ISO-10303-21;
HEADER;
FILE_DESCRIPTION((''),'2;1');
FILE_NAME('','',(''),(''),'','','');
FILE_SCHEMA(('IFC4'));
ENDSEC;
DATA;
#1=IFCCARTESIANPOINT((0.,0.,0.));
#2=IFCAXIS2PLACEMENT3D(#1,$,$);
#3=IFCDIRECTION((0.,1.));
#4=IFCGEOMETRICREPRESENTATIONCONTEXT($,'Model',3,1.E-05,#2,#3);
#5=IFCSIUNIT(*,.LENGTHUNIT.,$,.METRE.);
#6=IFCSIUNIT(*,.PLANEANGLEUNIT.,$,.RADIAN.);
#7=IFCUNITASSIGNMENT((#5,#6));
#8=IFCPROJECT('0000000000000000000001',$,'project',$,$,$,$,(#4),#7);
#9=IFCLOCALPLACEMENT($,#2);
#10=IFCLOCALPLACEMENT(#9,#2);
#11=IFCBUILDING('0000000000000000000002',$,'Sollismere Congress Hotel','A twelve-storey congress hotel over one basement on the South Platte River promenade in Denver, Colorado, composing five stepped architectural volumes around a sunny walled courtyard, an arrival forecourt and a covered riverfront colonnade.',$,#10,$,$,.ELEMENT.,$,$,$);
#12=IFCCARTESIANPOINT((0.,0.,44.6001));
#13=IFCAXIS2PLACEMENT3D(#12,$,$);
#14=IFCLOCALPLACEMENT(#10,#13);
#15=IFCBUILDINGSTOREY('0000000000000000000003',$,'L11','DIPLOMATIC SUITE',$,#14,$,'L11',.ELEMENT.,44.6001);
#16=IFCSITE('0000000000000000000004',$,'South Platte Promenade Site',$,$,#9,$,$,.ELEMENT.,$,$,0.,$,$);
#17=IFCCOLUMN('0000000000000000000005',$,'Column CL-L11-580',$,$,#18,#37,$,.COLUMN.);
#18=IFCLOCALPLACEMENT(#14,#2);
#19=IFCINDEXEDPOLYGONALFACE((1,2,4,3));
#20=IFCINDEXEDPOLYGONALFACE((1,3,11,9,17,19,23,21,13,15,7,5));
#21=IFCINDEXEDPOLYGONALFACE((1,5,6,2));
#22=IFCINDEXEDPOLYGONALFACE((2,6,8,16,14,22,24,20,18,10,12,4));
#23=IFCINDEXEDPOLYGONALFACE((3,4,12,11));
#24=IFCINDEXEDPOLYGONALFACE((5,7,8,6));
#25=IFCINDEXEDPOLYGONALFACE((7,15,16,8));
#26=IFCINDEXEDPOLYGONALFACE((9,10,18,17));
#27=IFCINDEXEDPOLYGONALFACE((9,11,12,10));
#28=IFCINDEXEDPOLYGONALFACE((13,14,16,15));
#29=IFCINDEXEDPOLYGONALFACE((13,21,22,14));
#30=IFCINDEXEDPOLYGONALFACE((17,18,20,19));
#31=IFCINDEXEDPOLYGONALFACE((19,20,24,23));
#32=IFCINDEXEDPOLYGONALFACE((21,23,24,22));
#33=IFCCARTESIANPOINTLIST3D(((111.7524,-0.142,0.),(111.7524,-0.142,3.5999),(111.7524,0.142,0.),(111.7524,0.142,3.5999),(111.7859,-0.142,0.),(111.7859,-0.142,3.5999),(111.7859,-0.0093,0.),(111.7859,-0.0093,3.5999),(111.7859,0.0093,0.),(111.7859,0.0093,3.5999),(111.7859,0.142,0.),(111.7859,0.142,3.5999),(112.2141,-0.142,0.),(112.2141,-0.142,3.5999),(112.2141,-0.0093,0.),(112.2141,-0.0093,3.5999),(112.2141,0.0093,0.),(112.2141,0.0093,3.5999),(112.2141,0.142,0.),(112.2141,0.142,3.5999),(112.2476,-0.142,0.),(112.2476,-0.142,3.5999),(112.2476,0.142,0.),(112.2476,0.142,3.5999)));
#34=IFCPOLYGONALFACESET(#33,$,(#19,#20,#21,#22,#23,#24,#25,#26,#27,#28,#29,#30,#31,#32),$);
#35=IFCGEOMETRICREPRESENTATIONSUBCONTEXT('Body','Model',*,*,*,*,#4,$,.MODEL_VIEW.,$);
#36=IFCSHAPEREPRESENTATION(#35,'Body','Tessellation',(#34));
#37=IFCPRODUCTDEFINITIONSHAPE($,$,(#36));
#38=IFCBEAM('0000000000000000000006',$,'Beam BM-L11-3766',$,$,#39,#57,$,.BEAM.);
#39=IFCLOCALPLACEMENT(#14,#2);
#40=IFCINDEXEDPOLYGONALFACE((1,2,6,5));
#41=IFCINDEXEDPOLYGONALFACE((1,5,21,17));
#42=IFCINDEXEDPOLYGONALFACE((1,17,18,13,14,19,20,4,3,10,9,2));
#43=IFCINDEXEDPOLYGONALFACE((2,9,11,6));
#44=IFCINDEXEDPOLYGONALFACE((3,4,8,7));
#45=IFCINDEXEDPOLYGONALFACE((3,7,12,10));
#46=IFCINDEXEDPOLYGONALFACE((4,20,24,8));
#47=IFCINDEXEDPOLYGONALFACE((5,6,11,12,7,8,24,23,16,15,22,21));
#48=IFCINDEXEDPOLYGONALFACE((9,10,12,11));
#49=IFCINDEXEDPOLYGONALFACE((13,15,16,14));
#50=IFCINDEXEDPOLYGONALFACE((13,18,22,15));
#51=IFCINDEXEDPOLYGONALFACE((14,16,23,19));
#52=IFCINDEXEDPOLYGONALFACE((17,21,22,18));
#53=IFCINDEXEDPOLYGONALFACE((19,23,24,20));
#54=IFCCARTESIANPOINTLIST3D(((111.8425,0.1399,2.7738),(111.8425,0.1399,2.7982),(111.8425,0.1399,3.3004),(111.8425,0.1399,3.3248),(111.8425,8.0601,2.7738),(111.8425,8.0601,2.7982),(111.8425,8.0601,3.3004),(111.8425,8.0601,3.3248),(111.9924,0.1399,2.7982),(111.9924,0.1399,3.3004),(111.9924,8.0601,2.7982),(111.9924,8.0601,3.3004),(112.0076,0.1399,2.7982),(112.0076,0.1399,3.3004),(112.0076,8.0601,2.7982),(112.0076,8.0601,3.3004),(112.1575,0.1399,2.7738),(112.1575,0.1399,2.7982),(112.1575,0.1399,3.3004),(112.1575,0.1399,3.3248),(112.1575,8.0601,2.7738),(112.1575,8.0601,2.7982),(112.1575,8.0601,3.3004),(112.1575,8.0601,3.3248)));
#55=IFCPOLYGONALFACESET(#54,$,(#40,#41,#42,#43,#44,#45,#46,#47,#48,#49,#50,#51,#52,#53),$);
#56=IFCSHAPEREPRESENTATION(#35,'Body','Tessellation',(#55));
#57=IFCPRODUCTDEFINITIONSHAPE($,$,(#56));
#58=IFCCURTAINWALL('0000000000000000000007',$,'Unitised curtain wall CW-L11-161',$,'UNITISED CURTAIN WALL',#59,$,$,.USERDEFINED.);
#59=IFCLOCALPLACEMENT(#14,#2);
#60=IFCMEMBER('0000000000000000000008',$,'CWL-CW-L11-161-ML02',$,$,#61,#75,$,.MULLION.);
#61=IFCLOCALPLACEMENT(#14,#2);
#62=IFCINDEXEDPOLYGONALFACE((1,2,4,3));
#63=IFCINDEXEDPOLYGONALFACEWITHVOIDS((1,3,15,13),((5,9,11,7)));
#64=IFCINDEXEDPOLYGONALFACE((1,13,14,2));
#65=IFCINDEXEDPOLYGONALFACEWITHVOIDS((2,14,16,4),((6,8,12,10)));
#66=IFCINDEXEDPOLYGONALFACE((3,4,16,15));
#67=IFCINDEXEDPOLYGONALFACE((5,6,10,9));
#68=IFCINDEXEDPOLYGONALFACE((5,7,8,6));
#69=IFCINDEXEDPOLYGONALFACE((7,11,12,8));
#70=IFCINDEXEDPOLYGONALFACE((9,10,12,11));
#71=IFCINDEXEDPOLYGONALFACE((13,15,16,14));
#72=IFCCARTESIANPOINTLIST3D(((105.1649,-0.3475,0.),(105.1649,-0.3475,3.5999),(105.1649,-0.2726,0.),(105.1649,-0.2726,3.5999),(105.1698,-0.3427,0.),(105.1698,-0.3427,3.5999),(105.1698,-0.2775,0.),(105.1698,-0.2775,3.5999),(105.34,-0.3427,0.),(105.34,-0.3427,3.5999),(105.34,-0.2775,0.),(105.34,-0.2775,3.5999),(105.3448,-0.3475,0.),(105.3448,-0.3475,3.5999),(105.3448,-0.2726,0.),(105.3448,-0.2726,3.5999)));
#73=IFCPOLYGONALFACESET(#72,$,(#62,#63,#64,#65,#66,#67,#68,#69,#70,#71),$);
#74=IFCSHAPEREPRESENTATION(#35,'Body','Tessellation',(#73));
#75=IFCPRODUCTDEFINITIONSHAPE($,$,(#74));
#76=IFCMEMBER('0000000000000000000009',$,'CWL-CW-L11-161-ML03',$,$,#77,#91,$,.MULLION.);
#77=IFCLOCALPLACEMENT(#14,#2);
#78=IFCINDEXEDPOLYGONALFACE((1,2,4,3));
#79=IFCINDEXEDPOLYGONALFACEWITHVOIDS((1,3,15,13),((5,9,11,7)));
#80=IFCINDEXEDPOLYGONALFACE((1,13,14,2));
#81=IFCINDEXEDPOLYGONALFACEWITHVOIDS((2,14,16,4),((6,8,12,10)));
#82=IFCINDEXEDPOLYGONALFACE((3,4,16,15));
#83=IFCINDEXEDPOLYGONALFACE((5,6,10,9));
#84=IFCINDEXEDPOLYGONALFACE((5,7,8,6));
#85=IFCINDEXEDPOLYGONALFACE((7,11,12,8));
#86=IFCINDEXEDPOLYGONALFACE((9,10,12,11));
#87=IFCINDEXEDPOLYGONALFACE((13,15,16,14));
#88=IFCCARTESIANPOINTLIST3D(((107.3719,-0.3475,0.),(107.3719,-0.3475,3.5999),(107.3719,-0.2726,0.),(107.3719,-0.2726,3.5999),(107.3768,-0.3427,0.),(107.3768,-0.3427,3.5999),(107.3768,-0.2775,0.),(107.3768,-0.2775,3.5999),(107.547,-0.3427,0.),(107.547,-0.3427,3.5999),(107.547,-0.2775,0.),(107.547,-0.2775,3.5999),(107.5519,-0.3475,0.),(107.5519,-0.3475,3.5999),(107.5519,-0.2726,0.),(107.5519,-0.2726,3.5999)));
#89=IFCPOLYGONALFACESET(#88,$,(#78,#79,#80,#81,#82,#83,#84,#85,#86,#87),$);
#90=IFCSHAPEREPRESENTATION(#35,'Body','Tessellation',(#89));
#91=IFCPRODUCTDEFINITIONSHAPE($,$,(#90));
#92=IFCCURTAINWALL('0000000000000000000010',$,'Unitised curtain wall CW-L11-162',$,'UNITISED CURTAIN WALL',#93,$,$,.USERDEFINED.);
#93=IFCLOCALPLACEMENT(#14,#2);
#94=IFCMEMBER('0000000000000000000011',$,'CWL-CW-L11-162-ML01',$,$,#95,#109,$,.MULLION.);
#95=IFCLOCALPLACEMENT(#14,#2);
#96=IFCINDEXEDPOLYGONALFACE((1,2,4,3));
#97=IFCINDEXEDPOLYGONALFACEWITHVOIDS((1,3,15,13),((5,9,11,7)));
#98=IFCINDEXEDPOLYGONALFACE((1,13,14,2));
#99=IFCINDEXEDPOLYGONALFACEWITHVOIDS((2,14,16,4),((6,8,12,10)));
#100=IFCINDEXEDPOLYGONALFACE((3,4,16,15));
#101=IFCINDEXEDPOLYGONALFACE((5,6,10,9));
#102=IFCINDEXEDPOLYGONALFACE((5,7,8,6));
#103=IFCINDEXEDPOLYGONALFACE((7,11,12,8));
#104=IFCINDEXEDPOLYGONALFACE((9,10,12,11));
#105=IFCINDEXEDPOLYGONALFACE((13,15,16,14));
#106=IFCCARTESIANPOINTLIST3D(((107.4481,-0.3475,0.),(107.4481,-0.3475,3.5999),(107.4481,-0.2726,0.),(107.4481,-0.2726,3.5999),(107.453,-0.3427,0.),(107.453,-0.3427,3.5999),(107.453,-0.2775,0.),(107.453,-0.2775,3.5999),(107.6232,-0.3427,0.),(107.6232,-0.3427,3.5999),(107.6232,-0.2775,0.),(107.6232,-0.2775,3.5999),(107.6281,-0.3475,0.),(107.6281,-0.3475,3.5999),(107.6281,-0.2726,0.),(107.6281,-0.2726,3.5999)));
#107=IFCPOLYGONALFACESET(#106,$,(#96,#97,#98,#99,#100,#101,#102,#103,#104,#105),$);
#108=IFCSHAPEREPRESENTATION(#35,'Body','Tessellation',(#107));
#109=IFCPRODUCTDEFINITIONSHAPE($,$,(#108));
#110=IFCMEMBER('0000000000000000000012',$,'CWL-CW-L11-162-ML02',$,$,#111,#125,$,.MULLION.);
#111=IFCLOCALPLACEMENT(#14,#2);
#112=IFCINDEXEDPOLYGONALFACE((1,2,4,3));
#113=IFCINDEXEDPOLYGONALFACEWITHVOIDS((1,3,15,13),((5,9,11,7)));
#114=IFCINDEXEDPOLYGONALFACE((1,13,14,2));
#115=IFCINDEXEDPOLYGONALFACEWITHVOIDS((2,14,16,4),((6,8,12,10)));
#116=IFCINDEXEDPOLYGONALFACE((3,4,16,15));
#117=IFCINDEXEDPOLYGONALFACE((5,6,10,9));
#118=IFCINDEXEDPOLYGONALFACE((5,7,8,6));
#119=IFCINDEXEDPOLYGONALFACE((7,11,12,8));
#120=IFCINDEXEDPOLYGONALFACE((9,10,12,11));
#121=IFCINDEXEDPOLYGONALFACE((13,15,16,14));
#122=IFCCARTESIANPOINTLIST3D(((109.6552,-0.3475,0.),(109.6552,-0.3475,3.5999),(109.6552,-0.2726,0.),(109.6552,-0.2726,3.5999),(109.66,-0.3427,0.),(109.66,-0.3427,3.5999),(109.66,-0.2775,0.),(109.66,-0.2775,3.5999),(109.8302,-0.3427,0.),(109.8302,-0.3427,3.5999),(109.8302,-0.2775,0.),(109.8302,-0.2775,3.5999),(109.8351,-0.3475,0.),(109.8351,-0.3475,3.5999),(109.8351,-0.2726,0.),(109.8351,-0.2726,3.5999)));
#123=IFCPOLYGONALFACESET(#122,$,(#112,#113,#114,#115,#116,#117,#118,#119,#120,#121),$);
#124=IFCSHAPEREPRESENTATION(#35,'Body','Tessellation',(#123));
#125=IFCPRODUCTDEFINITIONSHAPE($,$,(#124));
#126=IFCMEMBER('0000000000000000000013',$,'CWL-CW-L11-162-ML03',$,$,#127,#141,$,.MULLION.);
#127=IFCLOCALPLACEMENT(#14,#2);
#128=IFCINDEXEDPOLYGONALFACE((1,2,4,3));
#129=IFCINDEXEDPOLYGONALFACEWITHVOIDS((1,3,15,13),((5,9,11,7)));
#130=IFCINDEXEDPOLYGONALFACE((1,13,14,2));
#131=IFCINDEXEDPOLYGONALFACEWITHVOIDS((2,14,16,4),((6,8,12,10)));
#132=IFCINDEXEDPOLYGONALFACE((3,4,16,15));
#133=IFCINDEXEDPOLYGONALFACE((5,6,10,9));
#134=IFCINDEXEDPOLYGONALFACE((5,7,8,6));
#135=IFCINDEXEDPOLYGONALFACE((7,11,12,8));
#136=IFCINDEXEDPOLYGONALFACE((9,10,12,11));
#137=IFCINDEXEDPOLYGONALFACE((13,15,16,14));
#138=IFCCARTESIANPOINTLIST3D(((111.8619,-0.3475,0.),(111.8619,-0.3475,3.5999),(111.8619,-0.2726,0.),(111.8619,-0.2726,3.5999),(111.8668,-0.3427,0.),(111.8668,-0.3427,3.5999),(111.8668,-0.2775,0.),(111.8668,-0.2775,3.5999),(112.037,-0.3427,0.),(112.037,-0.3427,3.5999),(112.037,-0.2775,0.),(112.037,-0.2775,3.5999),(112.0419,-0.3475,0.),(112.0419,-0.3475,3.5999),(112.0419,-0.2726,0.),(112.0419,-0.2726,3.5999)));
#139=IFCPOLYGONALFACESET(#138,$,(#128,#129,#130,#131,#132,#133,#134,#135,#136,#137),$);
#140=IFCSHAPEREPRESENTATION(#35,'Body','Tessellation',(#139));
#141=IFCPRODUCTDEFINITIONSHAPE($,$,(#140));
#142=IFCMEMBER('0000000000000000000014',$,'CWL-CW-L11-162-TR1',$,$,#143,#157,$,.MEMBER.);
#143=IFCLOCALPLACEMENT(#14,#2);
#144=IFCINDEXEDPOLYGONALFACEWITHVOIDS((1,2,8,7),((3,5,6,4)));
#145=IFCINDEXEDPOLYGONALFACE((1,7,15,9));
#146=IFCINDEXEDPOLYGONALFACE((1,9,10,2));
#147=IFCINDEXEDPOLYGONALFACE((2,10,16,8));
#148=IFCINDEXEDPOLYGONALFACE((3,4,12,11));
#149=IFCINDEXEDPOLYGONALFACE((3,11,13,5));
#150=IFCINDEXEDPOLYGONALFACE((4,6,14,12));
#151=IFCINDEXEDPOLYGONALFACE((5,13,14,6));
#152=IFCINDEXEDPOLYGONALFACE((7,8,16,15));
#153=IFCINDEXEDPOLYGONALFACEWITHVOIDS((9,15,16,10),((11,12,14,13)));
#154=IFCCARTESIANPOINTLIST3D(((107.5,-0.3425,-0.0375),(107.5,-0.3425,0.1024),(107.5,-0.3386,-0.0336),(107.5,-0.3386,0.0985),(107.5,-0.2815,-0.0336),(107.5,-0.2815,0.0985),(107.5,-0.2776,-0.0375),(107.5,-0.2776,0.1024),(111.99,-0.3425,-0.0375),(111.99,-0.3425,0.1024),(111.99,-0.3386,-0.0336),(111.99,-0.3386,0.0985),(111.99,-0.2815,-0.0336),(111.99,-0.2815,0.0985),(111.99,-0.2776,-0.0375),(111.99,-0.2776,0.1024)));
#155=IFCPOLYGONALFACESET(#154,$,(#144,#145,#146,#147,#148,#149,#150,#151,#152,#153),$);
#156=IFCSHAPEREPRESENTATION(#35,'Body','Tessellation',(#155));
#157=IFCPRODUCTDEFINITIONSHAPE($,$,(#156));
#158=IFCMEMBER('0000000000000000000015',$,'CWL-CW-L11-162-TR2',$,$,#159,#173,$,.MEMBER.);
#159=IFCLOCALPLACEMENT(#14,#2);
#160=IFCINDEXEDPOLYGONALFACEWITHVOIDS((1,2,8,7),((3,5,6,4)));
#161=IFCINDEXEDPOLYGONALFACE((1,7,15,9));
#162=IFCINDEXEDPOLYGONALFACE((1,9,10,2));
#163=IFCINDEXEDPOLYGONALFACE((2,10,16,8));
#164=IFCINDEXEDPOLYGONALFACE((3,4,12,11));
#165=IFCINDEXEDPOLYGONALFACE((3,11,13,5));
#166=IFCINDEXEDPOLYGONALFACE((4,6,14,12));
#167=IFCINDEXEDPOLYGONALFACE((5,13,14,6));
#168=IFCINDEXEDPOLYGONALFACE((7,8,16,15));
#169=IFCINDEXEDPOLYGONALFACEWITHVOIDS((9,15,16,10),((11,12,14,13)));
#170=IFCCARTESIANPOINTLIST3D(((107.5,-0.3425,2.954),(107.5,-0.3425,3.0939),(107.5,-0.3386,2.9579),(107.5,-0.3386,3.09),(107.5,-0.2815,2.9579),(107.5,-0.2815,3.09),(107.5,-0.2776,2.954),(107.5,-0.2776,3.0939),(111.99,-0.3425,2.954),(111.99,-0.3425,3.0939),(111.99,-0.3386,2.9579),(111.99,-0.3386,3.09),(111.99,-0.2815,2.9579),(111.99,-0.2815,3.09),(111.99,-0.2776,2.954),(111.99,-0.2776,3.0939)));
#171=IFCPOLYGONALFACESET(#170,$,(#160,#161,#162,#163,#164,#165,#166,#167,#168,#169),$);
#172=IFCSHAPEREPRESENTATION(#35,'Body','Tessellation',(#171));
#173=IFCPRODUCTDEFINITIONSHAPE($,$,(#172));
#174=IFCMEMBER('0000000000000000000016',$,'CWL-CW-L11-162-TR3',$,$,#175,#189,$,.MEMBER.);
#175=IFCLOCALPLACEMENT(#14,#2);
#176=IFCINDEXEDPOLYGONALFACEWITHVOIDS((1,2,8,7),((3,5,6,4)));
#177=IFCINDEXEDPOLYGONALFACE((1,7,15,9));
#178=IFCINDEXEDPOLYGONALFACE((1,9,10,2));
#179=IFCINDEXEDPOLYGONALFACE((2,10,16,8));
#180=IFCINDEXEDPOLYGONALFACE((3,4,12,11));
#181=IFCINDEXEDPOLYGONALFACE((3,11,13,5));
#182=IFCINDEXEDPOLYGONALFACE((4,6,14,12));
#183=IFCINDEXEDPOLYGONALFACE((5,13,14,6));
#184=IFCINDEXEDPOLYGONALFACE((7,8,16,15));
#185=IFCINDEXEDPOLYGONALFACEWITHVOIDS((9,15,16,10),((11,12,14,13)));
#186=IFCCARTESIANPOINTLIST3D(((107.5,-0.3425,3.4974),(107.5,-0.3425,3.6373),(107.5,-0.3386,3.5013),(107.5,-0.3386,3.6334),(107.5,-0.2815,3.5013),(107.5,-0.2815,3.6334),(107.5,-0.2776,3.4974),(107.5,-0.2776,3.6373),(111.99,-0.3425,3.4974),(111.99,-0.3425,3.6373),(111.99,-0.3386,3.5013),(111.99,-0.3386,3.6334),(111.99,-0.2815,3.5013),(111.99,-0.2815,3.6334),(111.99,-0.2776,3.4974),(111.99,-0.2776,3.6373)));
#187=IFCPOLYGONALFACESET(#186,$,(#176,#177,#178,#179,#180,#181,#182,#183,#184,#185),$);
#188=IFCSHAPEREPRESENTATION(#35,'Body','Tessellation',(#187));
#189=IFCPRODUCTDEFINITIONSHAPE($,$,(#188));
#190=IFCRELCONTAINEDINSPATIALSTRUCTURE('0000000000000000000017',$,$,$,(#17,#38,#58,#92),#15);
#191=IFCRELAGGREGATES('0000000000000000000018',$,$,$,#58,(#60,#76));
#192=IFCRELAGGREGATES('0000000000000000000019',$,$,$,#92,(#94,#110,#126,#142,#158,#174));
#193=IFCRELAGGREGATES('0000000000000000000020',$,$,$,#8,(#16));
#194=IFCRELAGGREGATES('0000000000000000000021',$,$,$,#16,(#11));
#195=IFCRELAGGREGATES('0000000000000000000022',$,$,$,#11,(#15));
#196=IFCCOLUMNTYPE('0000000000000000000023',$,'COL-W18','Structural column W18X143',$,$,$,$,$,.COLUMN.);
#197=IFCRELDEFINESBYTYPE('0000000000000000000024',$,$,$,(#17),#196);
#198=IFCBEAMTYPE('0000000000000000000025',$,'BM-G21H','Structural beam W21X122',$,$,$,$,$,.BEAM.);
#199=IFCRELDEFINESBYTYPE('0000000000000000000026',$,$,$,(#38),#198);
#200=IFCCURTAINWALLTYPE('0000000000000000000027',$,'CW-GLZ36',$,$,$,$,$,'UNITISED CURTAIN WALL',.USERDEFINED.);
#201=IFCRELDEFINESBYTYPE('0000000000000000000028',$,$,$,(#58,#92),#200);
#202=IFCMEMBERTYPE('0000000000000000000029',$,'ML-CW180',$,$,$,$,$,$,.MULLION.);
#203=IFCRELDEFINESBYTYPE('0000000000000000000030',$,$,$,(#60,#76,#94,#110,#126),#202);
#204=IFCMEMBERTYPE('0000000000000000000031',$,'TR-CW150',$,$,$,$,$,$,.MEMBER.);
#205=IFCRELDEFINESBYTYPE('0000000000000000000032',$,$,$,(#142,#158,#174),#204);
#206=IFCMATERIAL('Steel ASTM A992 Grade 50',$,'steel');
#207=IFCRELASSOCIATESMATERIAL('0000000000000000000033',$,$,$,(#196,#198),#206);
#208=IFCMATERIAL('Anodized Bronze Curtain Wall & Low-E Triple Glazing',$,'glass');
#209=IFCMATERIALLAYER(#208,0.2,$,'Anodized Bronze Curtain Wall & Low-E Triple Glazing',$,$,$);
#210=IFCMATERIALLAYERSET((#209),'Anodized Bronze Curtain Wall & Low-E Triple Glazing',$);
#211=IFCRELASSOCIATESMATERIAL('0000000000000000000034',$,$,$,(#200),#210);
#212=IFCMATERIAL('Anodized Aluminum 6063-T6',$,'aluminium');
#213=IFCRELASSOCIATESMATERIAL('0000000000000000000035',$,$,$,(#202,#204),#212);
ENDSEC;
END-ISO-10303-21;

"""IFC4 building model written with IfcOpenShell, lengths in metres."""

from ifc_helpers import new_model, si_unit, direction, frame, origin, origin_2d, place, context, subcontext, project, spatial, hollow_rectangle, i_section, extrude, material, layer, layer_set, material_profile, profile_set, type_object, element, aggregate, save


model = new_model("IFC4")

# Units and contexts
model_context = context("Model", 3, precision=1e-05, world=origin(), true_north=direction((0.0, 1.0)))
body_context = subcontext(model_context, "Body", "Model", "MODEL_VIEW")
ifc_project = project(units=[si_unit("LENGTHUNIT", "METRE"), si_unit("PLANEANGLEUNIT", "RADIAN")], contexts=[model_context])

# Site, building, storey
site_placement = place(None, origin())
site = spatial("IfcSite", under=ifc_project, at=site_placement, Name="South Platte Promenade Site", CompositionType="ELEMENT", RefElevation=0.0)
building_placement = place(site_placement, origin())
building = spatial("IfcBuilding", under=site, at=building_placement, Name="Sollismere Congress Hotel", Description="A twelve-storey congress hotel over one basement on the South Platte River promenade in Denver, Colorado, composing five stepped architectural volumes around a sunny walled courtyard, an arrival forecourt and a covered riverfront colonnade.", CompositionType="ELEMENT")
storey_placement = place(building_placement, frame((0.0, 0.0, 44.6001)))
storey = spatial("IfcBuildingStorey", under=building, at=storey_placement, Name="L11", Description="DIPLOMATIC SUITE", LongName="L11", CompositionType="ELEMENT", Elevation=44.6001)

# Column
ifc_material_1 = material(Name="Steel ASTM A992 Grade 50", Category="steel")
ifc_material_profile_1 = material_profile(ifc_material_1, i_section(OverallWidth=0.2839, OverallDepth=0.4951, WebThickness=0.0186, FlangeThickness=0.0334, at=origin_2d()), Name="W18X143")
ifc_profile_set_1 = profile_set([ifc_material_profile_1], Name="Steel ASTM A992 Grade 50")
column_type = type_object("IfcColumnType", Name="COL-W18", Description="Structural column W18X143", PredefinedType="COLUMN", material=ifc_profile_set_1)
column_placement = place(storey_placement, frame((112.0, 0.0, 0.0), z_axis=(0.0, 0.0, 1.0), x_axis=(0.0, 1.0, 0.0)))
element("IfcColumn", 1, at=column_placement, inside=storey, type_object=column_type, Name="Column CL-L11-580", PredefinedType="COLUMN", context=body_context, shape_type="SweptSolid", body=[
    extrude(i_section(OverallWidth=0.2839, OverallDepth=0.4951, WebThickness=0.0186, FlangeThickness=0.0334, at=origin_2d()), origin(), (0.0, 0.0, 1.0), 3.5999),
])

# Beam
ifc_material_profile_2 = material_profile(ifc_material_1, i_section(OverallWidth=0.3149, OverallDepth=0.551, WebThickness=0.0151, FlangeThickness=0.0244, at=origin_2d()), Name="W21X122")
ifc_profile_set_2 = profile_set([ifc_material_profile_2], Name="Steel ASTM A992 Grade 50")
beam_type = type_object("IfcBeamType", Name="BM-G21H", Description="Structural beam W21X122", PredefinedType="BEAM", material=ifc_profile_set_2)
beam_placement = place(storey_placement, frame((112.0, 0.1399, 3.0493), z_axis=(0.0, 1.0, 0.0), x_axis=(-1.0, 0.0, 0.0)))
element("IfcBeam", 2, at=beam_placement, inside=storey, type_object=beam_type, Name="Beam BM-L11-3766", PredefinedType="BEAM", context=body_context, shape_type="SweptSolid", body=[
    extrude(i_section(OverallWidth=0.3149, OverallDepth=0.551, WebThickness=0.0151, FlangeThickness=0.0244, at=origin_2d()), origin(), (0.0, 0.0, 1.0), 7.9202),
])

# Curtain walls, members
ifc_material_2 = material(Name="Anodized Bronze Curtain Wall & Low-E Triple Glazing", Category="glass")
ifc_layer_1 = layer(ifc_material_2, 0.2, Name="Anodized Bronze Curtain Wall & Low-E Triple Glazing")
ifc_layer_set_1 = layer_set([ifc_layer_1], Name="Anodized Bronze Curtain Wall & Low-E Triple Glazing")
curtain_wall_type = type_object("IfcCurtainWallType", Name="CW-GLZ36", ElementType="UNITISED CURTAIN WALL", PredefinedType="USERDEFINED", material=ifc_layer_set_1)
curtain_wall_1_placement = place(storey_placement, origin())
curtain_wall_1 = element("IfcCurtainWall", 3, at=curtain_wall_1_placement, inside=storey, type_object=curtain_wall_type, Name="Unitised curtain wall CW-L11-161", ObjectType="UNITISED CURTAIN WALL", PredefinedType="USERDEFINED")
ifc_material_3 = material(Name="Anodized Aluminum 6063-T6", Category="aluminium")
ifc_material_profile_3 = material_profile(ifc_material_3, hollow_rectangle(XDim=0.075, YDim=0.1799, WallThickness=0.0049, at=origin_2d()), Name="ALU180X75X5")
ifc_profile_set_3 = profile_set([ifc_material_profile_3], Name="Anodized Aluminum 6063-T6")
member_type_1 = type_object("IfcMemberType", Name="ML-CW180", PredefinedType="MULLION", material=ifc_profile_set_3)
member_1_placement = place(storey_placement, frame((105.2549, -0.3101, 0.0), z_axis=(0.0, 0.0, 1.0), x_axis=(0.0, 1.0, 0.0)))
member_1 = element("IfcMember", 4, at=member_1_placement, type_object=member_type_1, Name="CWL-CW-L11-161-ML02", PredefinedType="MULLION", context=body_context, shape_type="SweptSolid", body=[
    extrude(hollow_rectangle(XDim=0.075, YDim=0.1799, WallThickness=0.0049, at=origin_2d()), origin(), (0.0, 0.0, 1.0), 3.5999),
])
member_2_placement = place(storey_placement, frame((107.4619, -0.3101, 0.0), z_axis=(0.0, 0.0, 1.0), x_axis=(0.0, 1.0, 0.0)))
member_2 = element("IfcMember", 5, at=member_2_placement, type_object=member_type_1, Name="CWL-CW-L11-161-ML03", PredefinedType="MULLION", context=body_context, shape_type="SweptSolid", body=[
    extrude(hollow_rectangle(XDim=0.075, YDim=0.1799, WallThickness=0.0049, at=origin_2d()), origin(), (0.0, 0.0, 1.0), 3.5999),
])
curtain_wall_2_placement = place(storey_placement, origin())
curtain_wall_2 = element("IfcCurtainWall", 6, at=curtain_wall_2_placement, inside=storey, type_object=curtain_wall_type, Name="Unitised curtain wall CW-L11-162", ObjectType="UNITISED CURTAIN WALL", PredefinedType="USERDEFINED")
member_3_placement = place(storey_placement, frame((107.5381, -0.3101, 0.0), z_axis=(0.0, 0.0, 1.0), x_axis=(0.0, 1.0, 0.0)))
member_3 = element("IfcMember", 7, at=member_3_placement, type_object=member_type_1, Name="CWL-CW-L11-162-ML01", PredefinedType="MULLION", context=body_context, shape_type="SweptSolid", body=[
    extrude(hollow_rectangle(XDim=0.075, YDim=0.1799, WallThickness=0.0049, at=origin_2d()), origin(), (0.0, 0.0, 1.0), 3.5999),
])
member_4_placement = place(storey_placement, frame((109.7451, -0.3101, 0.0), z_axis=(0.0, 0.0, 1.0), x_axis=(0.0, 1.0, 0.0)))
member_4 = element("IfcMember", 8, at=member_4_placement, type_object=member_type_1, Name="CWL-CW-L11-162-ML02", PredefinedType="MULLION", context=body_context, shape_type="SweptSolid", body=[
    extrude(hollow_rectangle(XDim=0.075, YDim=0.1799, WallThickness=0.0049, at=origin_2d()), origin(), (0.0, 0.0, 1.0), 3.5999),
])
member_5_placement = place(storey_placement, frame((111.9519, -0.3101, 0.0), z_axis=(0.0, 0.0, 1.0), x_axis=(0.0, 1.0, 0.0)))
member_5 = element("IfcMember", 9, at=member_5_placement, type_object=member_type_1, Name="CWL-CW-L11-162-ML03", PredefinedType="MULLION", context=body_context, shape_type="SweptSolid", body=[
    extrude(hollow_rectangle(XDim=0.075, YDim=0.1799, WallThickness=0.0049, at=origin_2d()), origin(), (0.0, 0.0, 1.0), 3.5999),
])
ifc_material_profile_4 = material_profile(ifc_material_3, hollow_rectangle(XDim=0.0649, YDim=0.1399, WallThickness=0.0039, at=origin_2d()), Name="ALU140X65X4")
ifc_profile_set_4 = profile_set([ifc_material_profile_4], Name="Anodized Aluminum 6063-T6")
member_type_2 = type_object("IfcMemberType", Name="TR-CW150", PredefinedType="MEMBER", material=ifc_profile_set_4)
member_6_placement = place(storey_placement, frame((107.5, -0.3101, 0.0325), z_axis=(1.0, 0.0, 0.0), x_axis=(0.0, 1.0, 0.0)))
member_6 = element("IfcMember", 10, at=member_6_placement, type_object=member_type_2, Name="CWL-CW-L11-162-TR1", PredefinedType="MEMBER", context=body_context, shape_type="SweptSolid", body=[
    extrude(hollow_rectangle(XDim=0.0649, YDim=0.1399, WallThickness=0.0039, at=origin_2d()), origin(), (0.0, 0.0, 1.0), 4.49),
])
member_7_placement = place(storey_placement, frame((107.5, -0.3101, 3.0239), z_axis=(1.0, 0.0, 0.0), x_axis=(0.0, 1.0, 0.0)))
member_7 = element("IfcMember", 11, at=member_7_placement, type_object=member_type_2, Name="CWL-CW-L11-162-TR2", PredefinedType="MEMBER", context=body_context, shape_type="SweptSolid", body=[
    extrude(hollow_rectangle(XDim=0.0649, YDim=0.1399, WallThickness=0.0039, at=origin_2d()), origin(), (0.0, 0.0, 1.0), 4.49),
])
member_8_placement = place(storey_placement, frame((107.5, -0.3101, 3.5674), z_axis=(1.0, 0.0, 0.0), x_axis=(0.0, 1.0, 0.0)))
member_8 = element("IfcMember", 12, at=member_8_placement, type_object=member_type_2, Name="CWL-CW-L11-162-TR3", PredefinedType="MEMBER", context=body_context, shape_type="SweptSolid", body=[
    extrude(hollow_rectangle(XDim=0.0649, YDim=0.1399, WallThickness=0.0039, at=origin_2d()), origin(), (0.0, 0.0, 1.0), 4.49),
])

aggregate(curtain_wall_1, [member_1, member_2])
aggregate(curtain_wall_2, [member_3, member_4, member_5, member_6, member_7, member_8])

save(model, "model.ifc")
